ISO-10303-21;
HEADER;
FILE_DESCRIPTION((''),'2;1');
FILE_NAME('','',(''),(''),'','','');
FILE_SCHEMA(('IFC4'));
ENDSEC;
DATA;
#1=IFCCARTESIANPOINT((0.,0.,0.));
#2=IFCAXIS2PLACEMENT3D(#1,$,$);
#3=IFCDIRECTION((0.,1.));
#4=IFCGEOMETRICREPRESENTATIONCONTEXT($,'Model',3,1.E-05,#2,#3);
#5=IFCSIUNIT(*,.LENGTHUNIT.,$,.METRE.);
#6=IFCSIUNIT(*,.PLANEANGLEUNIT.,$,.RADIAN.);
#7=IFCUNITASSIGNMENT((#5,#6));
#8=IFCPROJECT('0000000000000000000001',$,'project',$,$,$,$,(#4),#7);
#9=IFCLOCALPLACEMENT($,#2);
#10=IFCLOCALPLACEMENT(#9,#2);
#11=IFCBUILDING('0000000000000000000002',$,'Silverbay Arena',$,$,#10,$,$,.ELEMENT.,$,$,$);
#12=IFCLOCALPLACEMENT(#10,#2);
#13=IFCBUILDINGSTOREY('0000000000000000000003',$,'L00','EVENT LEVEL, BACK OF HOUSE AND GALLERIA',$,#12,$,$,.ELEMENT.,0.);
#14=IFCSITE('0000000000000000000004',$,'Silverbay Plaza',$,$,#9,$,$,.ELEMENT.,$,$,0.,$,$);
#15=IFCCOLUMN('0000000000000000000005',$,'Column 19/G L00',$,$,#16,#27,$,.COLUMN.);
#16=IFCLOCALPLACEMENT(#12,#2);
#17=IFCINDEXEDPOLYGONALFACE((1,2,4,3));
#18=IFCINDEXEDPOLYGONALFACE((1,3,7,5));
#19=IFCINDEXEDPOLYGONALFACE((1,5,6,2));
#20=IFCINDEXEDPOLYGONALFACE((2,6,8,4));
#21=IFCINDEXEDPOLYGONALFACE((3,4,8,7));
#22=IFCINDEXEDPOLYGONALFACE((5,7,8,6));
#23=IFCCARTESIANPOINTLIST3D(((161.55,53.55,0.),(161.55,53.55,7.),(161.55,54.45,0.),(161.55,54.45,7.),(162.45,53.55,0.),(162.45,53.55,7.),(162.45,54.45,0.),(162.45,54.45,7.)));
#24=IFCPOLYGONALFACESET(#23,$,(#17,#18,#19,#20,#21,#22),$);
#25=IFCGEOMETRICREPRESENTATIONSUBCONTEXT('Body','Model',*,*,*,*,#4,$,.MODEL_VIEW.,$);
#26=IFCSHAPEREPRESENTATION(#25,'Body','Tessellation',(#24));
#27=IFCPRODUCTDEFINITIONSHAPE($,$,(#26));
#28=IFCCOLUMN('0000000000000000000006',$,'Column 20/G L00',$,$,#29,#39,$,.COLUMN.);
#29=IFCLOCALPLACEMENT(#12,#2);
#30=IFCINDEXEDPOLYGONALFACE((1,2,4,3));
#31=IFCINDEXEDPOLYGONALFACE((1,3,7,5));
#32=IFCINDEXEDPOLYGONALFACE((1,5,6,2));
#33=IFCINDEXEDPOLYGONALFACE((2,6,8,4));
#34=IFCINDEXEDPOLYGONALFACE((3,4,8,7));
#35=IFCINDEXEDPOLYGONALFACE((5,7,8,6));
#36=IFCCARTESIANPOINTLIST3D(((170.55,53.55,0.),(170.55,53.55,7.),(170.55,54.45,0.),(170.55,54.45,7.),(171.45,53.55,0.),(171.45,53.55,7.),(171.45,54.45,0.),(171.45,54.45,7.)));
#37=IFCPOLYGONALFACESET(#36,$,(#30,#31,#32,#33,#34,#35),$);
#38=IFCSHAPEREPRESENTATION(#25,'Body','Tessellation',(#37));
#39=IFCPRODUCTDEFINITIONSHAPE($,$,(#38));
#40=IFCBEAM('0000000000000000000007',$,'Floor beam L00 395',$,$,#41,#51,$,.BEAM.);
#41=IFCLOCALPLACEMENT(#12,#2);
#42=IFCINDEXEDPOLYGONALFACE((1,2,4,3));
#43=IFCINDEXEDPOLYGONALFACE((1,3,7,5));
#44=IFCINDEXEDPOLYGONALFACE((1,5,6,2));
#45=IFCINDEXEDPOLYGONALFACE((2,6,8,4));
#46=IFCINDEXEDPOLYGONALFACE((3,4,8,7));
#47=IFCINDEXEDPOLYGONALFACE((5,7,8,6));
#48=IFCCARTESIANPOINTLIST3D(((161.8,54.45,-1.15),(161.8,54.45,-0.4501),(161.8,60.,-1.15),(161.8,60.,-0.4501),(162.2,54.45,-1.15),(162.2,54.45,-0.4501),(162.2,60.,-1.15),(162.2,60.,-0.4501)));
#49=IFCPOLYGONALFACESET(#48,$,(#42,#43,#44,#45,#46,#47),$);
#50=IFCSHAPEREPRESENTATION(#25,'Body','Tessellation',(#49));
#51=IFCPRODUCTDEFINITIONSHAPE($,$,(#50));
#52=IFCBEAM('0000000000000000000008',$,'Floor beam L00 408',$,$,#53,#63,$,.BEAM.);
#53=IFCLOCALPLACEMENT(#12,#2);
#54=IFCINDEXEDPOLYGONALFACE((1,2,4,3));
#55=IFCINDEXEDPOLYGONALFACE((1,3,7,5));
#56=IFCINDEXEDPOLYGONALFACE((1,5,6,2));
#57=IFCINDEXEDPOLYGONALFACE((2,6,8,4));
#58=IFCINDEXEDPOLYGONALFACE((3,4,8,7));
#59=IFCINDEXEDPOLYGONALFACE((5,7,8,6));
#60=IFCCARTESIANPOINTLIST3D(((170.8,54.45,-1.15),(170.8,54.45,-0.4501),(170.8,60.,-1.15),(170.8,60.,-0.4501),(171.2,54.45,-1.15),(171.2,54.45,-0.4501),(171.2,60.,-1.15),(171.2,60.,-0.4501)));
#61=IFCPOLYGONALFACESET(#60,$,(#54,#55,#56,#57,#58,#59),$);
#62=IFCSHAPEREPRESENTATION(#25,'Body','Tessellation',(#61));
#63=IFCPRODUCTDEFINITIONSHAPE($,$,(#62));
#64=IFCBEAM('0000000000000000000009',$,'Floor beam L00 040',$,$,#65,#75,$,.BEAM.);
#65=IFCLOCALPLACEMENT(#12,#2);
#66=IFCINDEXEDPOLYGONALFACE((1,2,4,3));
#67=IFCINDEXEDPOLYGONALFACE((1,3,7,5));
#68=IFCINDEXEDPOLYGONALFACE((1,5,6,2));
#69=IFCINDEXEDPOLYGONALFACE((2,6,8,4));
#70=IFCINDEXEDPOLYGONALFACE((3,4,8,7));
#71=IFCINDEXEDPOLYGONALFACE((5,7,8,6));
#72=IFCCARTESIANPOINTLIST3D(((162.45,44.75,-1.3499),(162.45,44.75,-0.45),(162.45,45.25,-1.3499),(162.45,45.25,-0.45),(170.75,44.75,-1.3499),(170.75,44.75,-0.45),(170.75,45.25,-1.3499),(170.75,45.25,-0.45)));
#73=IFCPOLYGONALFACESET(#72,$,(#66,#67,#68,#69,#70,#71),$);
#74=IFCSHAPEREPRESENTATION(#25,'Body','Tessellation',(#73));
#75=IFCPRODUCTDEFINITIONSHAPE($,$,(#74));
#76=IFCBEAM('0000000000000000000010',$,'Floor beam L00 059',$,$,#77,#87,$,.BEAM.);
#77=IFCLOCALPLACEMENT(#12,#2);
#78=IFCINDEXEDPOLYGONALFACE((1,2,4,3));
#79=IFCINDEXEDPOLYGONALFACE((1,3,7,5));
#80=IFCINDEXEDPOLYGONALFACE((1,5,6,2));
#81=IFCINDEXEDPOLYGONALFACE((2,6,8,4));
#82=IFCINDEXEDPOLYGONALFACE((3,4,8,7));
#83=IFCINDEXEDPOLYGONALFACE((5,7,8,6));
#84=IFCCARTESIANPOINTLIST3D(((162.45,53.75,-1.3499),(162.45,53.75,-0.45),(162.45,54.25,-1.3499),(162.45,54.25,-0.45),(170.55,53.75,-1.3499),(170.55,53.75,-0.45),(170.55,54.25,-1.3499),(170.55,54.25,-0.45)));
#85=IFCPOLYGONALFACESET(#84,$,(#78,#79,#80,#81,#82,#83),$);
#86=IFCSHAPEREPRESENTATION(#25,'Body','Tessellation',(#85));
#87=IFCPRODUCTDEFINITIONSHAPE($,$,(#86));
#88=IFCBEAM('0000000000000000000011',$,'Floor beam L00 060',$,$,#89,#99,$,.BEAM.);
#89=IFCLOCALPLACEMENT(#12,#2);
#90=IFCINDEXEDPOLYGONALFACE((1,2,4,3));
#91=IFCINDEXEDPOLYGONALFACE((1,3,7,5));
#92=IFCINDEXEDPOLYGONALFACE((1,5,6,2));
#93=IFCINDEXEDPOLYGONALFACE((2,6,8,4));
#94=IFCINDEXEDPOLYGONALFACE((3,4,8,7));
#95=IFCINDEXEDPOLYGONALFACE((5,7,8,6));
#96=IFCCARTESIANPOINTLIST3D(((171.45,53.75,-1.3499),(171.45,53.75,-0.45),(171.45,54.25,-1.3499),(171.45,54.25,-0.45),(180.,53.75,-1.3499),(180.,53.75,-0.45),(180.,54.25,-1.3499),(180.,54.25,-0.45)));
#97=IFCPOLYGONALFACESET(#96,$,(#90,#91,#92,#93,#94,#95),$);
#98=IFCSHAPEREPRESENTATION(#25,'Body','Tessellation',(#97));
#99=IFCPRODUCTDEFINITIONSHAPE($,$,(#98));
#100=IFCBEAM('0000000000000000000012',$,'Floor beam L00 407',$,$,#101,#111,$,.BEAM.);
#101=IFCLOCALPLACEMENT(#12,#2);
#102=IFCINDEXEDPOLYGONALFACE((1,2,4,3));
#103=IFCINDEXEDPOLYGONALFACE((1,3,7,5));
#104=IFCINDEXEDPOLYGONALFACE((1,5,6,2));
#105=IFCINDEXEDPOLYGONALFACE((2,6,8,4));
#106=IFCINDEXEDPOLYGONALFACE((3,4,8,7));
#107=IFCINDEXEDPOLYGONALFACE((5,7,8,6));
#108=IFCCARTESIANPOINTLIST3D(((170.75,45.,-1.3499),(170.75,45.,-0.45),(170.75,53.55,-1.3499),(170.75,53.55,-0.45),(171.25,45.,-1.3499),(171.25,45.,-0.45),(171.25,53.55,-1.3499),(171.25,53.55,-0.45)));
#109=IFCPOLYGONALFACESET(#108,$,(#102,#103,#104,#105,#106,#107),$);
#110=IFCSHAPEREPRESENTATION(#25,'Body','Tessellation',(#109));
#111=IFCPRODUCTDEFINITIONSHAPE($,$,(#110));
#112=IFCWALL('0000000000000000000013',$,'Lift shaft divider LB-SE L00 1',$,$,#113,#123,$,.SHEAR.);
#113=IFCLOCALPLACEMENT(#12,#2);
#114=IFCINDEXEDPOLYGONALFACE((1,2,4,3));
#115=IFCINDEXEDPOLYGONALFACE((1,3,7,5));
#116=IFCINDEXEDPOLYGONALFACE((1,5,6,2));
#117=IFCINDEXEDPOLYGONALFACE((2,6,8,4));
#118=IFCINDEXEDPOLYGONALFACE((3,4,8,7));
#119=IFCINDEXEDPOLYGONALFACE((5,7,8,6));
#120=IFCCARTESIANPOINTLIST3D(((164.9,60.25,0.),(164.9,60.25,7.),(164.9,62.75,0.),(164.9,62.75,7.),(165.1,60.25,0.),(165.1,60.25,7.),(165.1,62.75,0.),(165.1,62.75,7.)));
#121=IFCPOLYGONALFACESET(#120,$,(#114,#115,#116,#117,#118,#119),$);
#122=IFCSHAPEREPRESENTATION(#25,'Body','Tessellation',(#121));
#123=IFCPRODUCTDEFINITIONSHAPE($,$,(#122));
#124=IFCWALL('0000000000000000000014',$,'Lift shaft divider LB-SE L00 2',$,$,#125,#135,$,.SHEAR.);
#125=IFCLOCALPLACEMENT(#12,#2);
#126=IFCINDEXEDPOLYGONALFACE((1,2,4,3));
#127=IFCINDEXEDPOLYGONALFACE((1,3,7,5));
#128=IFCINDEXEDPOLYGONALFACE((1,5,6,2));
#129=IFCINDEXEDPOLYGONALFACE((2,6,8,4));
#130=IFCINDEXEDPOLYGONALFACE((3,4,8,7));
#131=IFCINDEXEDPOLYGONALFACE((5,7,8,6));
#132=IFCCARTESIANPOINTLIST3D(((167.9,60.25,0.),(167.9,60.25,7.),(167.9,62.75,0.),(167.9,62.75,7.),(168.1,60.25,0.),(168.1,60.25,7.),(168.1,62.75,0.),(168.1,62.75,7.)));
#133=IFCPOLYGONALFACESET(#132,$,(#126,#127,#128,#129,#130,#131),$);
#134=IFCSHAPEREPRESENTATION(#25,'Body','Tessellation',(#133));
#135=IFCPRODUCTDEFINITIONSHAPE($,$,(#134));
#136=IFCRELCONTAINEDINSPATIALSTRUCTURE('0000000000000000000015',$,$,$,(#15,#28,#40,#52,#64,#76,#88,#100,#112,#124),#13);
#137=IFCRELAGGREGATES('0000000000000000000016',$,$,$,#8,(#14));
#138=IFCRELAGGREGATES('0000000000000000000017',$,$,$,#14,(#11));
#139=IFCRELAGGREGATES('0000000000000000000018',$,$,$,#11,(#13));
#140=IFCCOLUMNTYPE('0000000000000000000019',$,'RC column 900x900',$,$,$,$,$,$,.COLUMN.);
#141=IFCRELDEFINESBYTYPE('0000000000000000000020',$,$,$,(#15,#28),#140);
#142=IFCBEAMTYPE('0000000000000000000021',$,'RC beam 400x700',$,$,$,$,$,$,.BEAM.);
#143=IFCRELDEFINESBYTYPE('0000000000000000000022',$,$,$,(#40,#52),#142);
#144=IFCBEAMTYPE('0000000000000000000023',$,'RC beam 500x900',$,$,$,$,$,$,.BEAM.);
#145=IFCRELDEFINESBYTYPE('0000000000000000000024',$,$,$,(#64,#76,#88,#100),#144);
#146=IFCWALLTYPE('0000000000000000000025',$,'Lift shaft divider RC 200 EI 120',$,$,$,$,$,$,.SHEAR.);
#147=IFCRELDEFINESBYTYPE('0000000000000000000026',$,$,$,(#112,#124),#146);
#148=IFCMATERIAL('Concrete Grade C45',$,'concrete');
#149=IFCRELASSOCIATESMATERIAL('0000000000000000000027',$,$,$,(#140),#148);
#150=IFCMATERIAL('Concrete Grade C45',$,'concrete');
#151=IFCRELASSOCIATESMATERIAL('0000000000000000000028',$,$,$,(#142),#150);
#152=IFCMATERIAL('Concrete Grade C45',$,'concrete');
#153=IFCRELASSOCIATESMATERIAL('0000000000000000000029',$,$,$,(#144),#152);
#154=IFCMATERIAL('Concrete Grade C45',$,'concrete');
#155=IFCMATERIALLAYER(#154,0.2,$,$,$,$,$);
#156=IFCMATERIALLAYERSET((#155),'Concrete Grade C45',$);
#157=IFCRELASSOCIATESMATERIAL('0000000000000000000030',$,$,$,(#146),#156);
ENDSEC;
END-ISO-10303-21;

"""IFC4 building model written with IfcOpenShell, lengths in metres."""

from ifc_helpers import new_model, si_unit, direction, frame, frame_2d, origin, origin_2d, place, context, subcontext, project, spatial, rectangle, extrude, material, layer, layer_set, material_profile, profile_set, type_object, element, save


model = new_model("IFC4")

# Units and contexts
model_context = context("Model", 3, precision=1e-05, world=origin(), true_north=direction((0.0, 1.0)))
body_context = subcontext(model_context, "Body", "Model", "MODEL_VIEW")
ifc_project = project(units=[si_unit("LENGTHUNIT", "METRE"), si_unit("PLANEANGLEUNIT", "RADIAN")], contexts=[model_context])

# Site, building, storey
site_placement = place(None, origin())
site = spatial("IfcSite", under=ifc_project, at=site_placement, Name="Silverbay Plaza", CompositionType="ELEMENT", RefElevation=0.0)
building_placement = place(site_placement, origin())
building = spatial("IfcBuilding", under=site, at=building_placement, Name="Silverbay Arena", CompositionType="ELEMENT")
storey_placement = place(building_placement, origin())
storey = spatial("IfcBuildingStorey", under=building, at=storey_placement, Name="L00", Description="EVENT LEVEL, BACK OF HOUSE AND GALLERIA", CompositionType="ELEMENT", Elevation=0.0)

# Columns
ifc_material_1 = material(Name="Concrete Grade C45", Category="concrete")
ifc_material_profile_1 = material_profile(ifc_material_1, rectangle(XDim=0.8999, YDim=0.8999, at=origin_2d()), Name="RC 900x900")
ifc_profile_set_1 = profile_set([ifc_material_profile_1], Name="Concrete Grade C45")
column_type = type_object("IfcColumnType", Name="RC column 900x900", PredefinedType="COLUMN", material=ifc_profile_set_1)
for number, where, z_axis, x_axis, name in (
    (1, (162.0, 54.0, 0.0), (0.0, 0.0, 1.0), (1.0, 0.0, 0.0), "Column 19/G L00"),
    (2, (171.0, 54.0, 0.0), (0.0, 0.0, 1.0), (1.0, 0.0, 0.0), "Column 20/G L00"),
):
    element("IfcColumn", number, at=place(storey_placement, frame(where, z_axis=z_axis, x_axis=x_axis)), inside=storey, type_object=column_type, Name=name, PredefinedType="COLUMN", context=body_context, shape_type="SweptSolid", body=[
        extrude(rectangle(XDim=0.8999, YDim=0.8999, at=origin_2d()), origin(), (0.0, 0.0, 1.0), 7.0),
    ])

# Beams
ifc_material_2 = material(Name="Concrete Grade C45", Category="concrete")
ifc_material_profile_2 = material_profile(ifc_material_2, rectangle(XDim=0.3999, YDim=0.7, at=origin_2d()), Name="RC 400x700")
ifc_profile_set_2 = profile_set([ifc_material_profile_2], Name="Concrete Grade C45")
beam_type_1 = type_object("IfcBeamType", Name="RC beam 400x700", PredefinedType="BEAM", material=ifc_profile_set_2)
for number, where, z_axis, x_axis, name in (
    (3, (162.0, 54.45, -0.8), (0.0, 1.0, 0.0), (-1.0, 0.0, 0.0), "Floor beam L00 395"),
    (4, (171.0, 54.45, -0.8), (0.0, 1.0, 0.0), (-1.0, 0.0, 0.0), "Floor beam L00 408"),
):
    element("IfcBeam", number, at=place(storey_placement, frame(where, z_axis=z_axis, x_axis=x_axis)), inside=storey, type_object=beam_type_1, Name=name, PredefinedType="BEAM", context=body_context, shape_type="SweptSolid", body=[
        extrude(rectangle(XDim=0.3999, YDim=0.7, at=origin_2d()), origin(), (0.0, 0.0, 1.0), 5.55),
    ])
ifc_material_3 = material(Name="Concrete Grade C45", Category="concrete")
ifc_material_profile_3 = material_profile(ifc_material_3, rectangle(XDim=0.5, YDim=0.8999, at=origin_2d()), Name="RC 500x900")
ifc_profile_set_3 = profile_set([ifc_material_profile_3], Name="Concrete Grade C45")
beam_type_2 = type_object("IfcBeamType", Name="RC beam 500x900", PredefinedType="BEAM", material=ifc_profile_set_3)
beam_1_placement = place(storey_placement, frame((162.45, 45.0, -0.8999), z_axis=(1.0, 0.0, 0.0), x_axis=(0.0, 1.0, 0.0)))
element("IfcBeam", 5, at=beam_1_placement, inside=storey, type_object=beam_type_2, Name="Floor beam L00 040", PredefinedType="BEAM", context=body_context, shape_type="SweptSolid", body=[
    extrude(rectangle(XDim=0.5, YDim=0.8999, at=origin_2d()), origin(), (0.0, 0.0, 1.0), 8.3),
])
beam_2_placement = place(storey_placement, frame((162.45, 54.0, -0.8999), z_axis=(1.0, 0.0, 0.0), x_axis=(0.0, 1.0, 0.0)))
element("IfcBeam", 6, at=beam_2_placement, inside=storey, type_object=beam_type_2, Name="Floor beam L00 059", PredefinedType="BEAM", context=body_context, shape_type="SweptSolid", body=[
    extrude(rectangle(XDim=0.5, YDim=0.8999, at=origin_2d()), origin(), (0.0, 0.0, 1.0), 8.1001),
])
for number, where, z_axis, x_axis, name in (
    (7, (171.45, 54.0, -0.8999), (1.0, 0.0, 0.0), (0.0, 1.0, 0.0), "Floor beam L00 060"),
    (8, (171.0, 45.0, -0.8999), (0.0, 1.0, 0.0), (-1.0, 0.0, 0.0), "Floor beam L00 407"),
):
    element("IfcBeam", number, at=place(storey_placement, frame(where, z_axis=z_axis, x_axis=x_axis)), inside=storey, type_object=beam_type_2, Name=name, PredefinedType="BEAM", context=body_context, shape_type="SweptSolid", body=[
        extrude(rectangle(XDim=0.5, YDim=0.8999, at=origin_2d()), origin(), (0.0, 0.0, 1.0), 8.55),
    ])

# Walls
ifc_material_4 = material(Name="Concrete Grade C45", Category="concrete")
ifc_layer_1 = layer(ifc_material_4, 0.2)
ifc_layer_set_1 = layer_set([ifc_layer_1], Name="Concrete Grade C45")
wall_type_1 = type_object("IfcWallType", Name="Lift shaft divider RC 200 EI 120", PredefinedType="SHEAR", material=ifc_layer_set_1)
for number, where, z_axis, x_axis, name in (
    (9, (165.0, 60.25, 0.0), (0.0, 0.0, 1.0), (0.0, 1.0, 0.0), "Lift shaft divider LB-SE L00 1"),
    (10, (168.0, 60.25, 0.0), (0.0, 0.0, 1.0), (0.0, 1.0, 0.0), "Lift shaft divider LB-SE L00 2"),
):
    element("IfcWall", number, at=place(storey_placement, frame(where, z_axis=z_axis, x_axis=x_axis)), inside=storey, type_object=wall_type_1, Name=name, PredefinedType="SHEAR", context=body_context, shape_type="SweptSolid", body=[
        extrude(rectangle(XDim=2.5, YDim=0.2, at=frame_2d((1.25, 0.0))), origin(), (0.0, 0.0, 1.0), 7.0),
    ])

save(model, "model.ifc")
